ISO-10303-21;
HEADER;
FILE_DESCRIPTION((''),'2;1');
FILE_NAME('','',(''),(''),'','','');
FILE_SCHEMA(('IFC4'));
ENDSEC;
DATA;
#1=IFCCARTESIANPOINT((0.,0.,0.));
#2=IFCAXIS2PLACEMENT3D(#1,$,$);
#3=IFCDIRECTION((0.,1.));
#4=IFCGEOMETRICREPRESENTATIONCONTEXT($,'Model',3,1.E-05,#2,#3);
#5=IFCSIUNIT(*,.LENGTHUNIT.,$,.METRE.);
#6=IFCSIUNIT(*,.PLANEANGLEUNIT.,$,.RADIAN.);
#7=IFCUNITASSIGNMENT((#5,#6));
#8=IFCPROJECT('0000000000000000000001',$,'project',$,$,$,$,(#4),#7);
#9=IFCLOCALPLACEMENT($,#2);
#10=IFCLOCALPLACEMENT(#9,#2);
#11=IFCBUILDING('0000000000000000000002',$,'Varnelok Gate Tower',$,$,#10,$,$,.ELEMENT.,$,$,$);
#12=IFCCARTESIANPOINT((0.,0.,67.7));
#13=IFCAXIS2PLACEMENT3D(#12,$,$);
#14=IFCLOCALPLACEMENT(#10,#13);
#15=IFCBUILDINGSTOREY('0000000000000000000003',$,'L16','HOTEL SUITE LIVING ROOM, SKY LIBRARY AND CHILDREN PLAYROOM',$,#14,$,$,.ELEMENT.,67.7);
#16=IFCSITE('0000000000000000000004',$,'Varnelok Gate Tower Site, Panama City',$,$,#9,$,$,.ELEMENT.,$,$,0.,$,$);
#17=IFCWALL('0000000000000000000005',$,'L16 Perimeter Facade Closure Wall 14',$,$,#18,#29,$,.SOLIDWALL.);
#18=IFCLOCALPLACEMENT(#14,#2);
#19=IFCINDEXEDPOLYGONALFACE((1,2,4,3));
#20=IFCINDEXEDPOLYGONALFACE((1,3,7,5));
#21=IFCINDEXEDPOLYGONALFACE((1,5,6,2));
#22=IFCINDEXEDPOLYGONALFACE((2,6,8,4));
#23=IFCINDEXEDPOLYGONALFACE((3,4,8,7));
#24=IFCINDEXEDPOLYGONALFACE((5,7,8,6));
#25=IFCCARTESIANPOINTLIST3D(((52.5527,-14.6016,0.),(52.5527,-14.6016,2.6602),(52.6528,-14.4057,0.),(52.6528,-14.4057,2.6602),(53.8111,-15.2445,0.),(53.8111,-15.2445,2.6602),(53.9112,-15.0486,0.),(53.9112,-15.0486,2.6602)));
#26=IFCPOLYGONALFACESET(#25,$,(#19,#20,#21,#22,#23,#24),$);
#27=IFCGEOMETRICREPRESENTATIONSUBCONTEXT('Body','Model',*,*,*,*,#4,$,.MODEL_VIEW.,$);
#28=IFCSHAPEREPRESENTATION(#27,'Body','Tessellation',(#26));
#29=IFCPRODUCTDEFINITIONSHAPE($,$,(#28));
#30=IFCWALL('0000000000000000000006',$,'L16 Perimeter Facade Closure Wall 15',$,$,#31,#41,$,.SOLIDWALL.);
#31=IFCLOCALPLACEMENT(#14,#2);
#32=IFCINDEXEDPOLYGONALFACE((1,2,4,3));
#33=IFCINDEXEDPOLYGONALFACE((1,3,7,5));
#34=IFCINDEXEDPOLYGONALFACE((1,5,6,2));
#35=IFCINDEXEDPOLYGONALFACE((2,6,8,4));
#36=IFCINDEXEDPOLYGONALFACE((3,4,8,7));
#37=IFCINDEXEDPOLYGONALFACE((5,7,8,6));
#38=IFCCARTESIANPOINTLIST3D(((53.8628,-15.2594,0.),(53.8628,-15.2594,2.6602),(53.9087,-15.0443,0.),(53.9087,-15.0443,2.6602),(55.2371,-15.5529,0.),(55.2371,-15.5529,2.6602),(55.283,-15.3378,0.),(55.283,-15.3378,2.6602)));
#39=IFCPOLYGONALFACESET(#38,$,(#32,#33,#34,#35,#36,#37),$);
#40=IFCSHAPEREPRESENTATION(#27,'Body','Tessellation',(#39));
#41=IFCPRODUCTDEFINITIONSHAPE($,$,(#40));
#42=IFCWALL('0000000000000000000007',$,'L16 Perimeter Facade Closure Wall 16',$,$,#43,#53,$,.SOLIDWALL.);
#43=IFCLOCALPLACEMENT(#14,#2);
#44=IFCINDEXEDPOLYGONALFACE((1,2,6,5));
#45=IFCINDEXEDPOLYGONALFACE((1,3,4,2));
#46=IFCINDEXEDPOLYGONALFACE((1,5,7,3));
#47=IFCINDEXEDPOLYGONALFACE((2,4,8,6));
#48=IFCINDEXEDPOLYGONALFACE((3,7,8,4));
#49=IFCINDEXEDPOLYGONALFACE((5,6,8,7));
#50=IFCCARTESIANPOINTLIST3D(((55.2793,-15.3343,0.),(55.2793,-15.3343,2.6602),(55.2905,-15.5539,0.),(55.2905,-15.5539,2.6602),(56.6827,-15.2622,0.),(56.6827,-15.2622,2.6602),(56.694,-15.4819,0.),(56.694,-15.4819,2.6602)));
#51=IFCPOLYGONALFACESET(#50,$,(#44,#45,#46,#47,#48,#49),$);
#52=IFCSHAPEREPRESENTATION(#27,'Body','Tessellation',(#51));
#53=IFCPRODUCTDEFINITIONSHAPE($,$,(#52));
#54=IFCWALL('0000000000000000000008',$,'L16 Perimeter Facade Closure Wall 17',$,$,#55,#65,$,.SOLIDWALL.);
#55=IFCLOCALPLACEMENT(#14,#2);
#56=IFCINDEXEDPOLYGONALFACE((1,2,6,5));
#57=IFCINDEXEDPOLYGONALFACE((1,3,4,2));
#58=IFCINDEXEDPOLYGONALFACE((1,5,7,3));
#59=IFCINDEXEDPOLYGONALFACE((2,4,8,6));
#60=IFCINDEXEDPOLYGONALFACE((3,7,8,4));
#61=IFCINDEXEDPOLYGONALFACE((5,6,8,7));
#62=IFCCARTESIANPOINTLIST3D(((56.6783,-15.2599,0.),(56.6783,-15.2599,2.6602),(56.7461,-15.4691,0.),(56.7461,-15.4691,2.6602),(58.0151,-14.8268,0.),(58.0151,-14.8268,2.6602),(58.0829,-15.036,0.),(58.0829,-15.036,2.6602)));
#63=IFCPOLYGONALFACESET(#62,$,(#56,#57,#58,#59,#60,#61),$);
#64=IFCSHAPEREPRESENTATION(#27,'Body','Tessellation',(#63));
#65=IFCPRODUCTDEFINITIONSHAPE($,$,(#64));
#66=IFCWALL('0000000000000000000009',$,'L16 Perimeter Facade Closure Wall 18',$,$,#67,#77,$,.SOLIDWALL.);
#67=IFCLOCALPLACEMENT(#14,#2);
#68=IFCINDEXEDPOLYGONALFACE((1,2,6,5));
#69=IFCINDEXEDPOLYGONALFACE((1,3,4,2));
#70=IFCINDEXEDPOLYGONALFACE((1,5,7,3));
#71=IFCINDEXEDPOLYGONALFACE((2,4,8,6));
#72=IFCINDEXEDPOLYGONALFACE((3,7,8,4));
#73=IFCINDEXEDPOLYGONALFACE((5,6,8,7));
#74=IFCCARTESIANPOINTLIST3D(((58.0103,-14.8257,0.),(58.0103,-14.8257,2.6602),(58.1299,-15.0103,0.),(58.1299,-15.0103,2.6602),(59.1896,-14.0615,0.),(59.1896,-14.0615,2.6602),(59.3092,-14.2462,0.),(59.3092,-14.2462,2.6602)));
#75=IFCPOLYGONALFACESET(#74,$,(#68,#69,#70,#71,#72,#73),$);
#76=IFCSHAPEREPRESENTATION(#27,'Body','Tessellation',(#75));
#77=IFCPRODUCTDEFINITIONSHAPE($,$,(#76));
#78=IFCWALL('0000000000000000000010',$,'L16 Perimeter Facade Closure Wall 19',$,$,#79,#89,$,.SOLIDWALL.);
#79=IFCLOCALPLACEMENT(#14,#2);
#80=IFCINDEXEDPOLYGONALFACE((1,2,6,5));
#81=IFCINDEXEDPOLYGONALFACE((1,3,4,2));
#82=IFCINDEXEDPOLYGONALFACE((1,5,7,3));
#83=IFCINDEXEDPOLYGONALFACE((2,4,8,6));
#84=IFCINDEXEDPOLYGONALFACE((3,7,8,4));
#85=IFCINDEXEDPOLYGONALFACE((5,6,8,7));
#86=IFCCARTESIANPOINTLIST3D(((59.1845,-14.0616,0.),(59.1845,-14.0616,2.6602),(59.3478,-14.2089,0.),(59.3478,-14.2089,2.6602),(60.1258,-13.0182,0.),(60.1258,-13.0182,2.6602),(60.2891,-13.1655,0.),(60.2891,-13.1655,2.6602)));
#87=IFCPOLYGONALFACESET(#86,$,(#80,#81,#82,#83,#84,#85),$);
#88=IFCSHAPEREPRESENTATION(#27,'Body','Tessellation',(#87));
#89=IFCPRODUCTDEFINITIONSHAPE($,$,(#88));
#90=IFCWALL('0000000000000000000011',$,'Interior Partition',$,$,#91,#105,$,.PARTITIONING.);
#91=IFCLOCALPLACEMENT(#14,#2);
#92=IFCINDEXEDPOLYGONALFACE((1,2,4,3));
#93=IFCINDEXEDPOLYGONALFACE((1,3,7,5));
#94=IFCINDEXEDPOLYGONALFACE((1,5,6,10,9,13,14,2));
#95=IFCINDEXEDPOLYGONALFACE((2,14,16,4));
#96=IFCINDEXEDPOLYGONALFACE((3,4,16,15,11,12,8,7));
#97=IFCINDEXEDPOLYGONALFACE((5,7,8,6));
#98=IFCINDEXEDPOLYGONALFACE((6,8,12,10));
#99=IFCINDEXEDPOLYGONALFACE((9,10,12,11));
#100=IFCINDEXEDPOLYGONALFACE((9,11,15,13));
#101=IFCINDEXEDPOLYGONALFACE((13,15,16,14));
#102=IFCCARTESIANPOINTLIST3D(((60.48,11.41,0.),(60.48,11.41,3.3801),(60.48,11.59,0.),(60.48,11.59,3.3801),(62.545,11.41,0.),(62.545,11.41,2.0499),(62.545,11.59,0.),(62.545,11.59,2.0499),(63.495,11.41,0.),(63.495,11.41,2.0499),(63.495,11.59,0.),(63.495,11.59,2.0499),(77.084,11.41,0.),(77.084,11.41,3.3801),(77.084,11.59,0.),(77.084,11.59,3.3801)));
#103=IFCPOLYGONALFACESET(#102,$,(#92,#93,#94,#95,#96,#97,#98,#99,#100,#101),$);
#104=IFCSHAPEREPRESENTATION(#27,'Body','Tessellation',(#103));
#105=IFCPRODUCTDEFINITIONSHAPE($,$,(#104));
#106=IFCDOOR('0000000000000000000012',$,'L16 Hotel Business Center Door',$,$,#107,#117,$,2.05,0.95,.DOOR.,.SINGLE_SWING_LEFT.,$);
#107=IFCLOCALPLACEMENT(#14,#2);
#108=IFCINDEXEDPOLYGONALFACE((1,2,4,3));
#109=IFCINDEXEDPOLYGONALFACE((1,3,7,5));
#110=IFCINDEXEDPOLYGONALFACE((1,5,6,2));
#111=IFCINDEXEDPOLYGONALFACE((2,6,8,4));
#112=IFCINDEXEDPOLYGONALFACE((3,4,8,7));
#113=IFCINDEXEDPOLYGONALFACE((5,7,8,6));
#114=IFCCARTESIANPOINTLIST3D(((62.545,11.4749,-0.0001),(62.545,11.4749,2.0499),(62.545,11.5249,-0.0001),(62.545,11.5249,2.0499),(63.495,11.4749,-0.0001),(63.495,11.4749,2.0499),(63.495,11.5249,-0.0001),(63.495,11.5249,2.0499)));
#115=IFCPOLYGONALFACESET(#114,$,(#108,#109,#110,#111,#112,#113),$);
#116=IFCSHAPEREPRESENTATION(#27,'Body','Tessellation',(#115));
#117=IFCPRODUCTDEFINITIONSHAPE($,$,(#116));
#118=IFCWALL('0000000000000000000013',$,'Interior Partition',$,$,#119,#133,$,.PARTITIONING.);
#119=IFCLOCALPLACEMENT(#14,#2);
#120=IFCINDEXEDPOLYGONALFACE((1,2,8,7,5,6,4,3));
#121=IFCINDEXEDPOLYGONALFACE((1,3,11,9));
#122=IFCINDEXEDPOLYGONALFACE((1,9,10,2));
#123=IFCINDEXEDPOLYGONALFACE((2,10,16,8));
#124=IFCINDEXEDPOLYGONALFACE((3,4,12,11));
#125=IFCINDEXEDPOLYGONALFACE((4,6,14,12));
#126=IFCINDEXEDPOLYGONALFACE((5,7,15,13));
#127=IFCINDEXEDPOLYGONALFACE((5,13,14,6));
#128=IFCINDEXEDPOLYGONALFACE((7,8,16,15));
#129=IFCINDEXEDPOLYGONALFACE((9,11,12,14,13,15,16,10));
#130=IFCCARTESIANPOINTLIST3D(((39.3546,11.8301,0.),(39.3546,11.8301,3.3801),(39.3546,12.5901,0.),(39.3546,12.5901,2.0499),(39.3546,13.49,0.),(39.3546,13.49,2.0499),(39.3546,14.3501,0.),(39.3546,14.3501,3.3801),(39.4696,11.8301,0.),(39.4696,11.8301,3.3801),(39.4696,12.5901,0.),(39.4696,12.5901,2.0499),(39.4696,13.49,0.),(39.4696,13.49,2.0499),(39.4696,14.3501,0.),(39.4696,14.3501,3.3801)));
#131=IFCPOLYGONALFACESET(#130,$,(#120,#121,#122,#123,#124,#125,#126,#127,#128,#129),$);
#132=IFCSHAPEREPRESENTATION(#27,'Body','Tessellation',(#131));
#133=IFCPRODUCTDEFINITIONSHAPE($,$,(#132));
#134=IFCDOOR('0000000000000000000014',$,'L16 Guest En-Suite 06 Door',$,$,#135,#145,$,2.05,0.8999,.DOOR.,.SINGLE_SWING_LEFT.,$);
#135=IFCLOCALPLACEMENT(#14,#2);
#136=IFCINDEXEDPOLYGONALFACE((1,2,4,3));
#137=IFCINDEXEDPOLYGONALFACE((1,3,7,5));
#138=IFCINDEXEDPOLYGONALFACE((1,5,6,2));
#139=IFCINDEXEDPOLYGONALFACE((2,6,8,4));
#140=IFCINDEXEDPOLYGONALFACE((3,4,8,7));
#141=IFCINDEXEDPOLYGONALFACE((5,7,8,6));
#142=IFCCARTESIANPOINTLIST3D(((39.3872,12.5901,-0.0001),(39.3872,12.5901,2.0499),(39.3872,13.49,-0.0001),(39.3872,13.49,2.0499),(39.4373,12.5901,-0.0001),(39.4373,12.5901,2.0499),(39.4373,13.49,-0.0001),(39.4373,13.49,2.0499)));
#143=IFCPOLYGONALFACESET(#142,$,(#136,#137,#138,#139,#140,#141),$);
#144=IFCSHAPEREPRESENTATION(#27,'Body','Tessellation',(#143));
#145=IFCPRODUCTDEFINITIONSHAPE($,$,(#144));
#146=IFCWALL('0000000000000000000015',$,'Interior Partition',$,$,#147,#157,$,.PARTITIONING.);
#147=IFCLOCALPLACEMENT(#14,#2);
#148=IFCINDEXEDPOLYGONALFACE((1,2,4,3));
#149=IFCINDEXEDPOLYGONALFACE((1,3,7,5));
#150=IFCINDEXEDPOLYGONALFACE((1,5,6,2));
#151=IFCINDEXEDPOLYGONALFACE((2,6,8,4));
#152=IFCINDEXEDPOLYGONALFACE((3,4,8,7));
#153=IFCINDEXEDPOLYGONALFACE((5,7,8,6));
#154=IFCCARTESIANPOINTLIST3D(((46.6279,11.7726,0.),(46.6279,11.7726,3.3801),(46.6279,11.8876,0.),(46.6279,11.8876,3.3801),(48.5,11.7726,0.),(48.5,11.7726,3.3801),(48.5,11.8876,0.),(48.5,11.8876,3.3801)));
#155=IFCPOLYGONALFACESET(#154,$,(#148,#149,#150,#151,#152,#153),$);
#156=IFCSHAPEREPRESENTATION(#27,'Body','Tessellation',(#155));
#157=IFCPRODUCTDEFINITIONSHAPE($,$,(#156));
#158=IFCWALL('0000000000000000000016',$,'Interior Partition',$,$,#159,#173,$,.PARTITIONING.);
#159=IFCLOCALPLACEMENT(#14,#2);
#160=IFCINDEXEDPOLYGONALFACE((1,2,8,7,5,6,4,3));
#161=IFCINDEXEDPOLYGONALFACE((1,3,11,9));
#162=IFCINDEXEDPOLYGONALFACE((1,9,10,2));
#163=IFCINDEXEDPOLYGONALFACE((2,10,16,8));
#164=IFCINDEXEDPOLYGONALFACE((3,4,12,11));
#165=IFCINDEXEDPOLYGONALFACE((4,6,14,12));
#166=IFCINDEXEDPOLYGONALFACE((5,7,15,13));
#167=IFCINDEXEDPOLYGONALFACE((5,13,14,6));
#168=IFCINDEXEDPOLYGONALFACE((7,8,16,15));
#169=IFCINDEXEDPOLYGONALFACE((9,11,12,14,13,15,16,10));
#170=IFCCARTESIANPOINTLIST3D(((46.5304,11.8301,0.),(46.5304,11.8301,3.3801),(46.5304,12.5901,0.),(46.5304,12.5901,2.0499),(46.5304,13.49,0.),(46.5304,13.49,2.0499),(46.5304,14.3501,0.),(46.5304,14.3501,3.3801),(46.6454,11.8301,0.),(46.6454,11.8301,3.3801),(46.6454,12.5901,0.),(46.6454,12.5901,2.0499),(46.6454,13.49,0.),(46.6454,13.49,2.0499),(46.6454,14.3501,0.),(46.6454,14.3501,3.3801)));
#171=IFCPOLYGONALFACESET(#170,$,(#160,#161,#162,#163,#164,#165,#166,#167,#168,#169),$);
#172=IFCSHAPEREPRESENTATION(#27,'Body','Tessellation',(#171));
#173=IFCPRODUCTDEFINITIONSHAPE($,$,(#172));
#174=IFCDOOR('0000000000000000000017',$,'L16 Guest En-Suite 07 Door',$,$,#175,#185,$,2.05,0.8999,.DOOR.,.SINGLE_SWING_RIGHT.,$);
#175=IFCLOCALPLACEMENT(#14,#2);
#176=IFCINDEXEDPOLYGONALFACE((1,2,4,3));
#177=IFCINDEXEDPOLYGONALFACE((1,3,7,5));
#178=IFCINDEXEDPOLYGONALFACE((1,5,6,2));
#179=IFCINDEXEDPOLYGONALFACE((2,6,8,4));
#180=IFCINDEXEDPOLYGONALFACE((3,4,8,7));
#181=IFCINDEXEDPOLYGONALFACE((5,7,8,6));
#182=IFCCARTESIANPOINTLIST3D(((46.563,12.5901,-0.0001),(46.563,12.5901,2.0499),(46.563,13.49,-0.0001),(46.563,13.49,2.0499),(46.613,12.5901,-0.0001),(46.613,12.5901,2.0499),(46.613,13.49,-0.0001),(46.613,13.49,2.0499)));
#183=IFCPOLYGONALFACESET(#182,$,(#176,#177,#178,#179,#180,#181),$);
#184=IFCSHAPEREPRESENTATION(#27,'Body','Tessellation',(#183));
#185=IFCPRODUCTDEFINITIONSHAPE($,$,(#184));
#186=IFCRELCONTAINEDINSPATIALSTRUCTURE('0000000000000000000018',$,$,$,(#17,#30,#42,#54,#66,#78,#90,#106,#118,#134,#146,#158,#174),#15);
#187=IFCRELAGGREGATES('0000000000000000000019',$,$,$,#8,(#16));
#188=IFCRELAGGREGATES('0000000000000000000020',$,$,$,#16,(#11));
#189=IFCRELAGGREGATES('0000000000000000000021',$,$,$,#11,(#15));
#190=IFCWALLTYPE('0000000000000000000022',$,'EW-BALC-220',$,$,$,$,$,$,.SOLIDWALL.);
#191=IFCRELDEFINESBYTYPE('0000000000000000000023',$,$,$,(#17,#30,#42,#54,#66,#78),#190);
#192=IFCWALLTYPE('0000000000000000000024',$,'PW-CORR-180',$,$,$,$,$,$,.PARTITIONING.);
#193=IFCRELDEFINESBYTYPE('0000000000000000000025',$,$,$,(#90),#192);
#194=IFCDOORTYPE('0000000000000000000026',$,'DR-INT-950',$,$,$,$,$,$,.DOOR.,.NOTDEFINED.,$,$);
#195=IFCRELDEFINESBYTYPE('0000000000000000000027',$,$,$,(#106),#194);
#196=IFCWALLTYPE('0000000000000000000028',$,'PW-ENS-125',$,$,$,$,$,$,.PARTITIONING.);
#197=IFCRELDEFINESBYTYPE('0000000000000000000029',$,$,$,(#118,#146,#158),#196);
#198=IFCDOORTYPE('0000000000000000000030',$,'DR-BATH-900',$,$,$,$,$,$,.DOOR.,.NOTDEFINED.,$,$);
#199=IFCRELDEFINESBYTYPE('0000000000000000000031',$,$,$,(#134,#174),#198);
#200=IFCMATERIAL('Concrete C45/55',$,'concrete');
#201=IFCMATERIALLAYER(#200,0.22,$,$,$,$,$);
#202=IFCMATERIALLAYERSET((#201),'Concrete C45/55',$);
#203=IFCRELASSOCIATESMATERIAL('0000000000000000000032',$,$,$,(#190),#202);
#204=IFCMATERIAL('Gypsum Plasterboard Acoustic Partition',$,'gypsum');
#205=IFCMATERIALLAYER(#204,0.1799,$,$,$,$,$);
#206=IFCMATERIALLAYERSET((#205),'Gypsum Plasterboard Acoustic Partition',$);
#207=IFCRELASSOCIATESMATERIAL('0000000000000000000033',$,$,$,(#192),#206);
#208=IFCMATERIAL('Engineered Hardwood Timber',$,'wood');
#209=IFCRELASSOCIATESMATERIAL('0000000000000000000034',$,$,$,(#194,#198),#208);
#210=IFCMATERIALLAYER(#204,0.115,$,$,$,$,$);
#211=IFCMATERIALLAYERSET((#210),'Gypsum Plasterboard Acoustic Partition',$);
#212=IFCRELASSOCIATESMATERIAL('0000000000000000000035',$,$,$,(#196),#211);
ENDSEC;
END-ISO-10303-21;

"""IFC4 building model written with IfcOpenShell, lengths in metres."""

from ifc_helpers import new_model, si_unit, direction, frame, frame_2d, origin, place, context, subcontext, project, spatial, rectangle, extrude, material, layer, layer_set, type_object, element, fill, save


model = new_model("IFC4")

# Units and contexts
model_context = context("Model", 3, precision=1e-05, world=origin(), true_north=direction((0.0, 1.0)))
body_context = subcontext(model_context, "Body", "Model", "MODEL_VIEW")
ifc_project = project(units=[si_unit("LENGTHUNIT", "METRE"), si_unit("PLANEANGLEUNIT", "RADIAN")], contexts=[model_context])

# Site, building, storey
site_placement = place(None, origin())
site = spatial("IfcSite", under=ifc_project, at=site_placement, Name="Varnelok Gate Tower Site, Panama City", CompositionType="ELEMENT", RefElevation=0.0)
building_placement = place(site_placement, origin())
building = spatial("IfcBuilding", under=site, at=building_placement, Name="Varnelok Gate Tower", CompositionType="ELEMENT")
storey_placement = place(building_placement, frame((0.0, 0.0, 67.7)))
storey = spatial("IfcBuildingStorey", under=building, at=storey_placement, Name="L16", Description="HOTEL SUITE LIVING ROOM, SKY LIBRARY AND CHILDREN PLAYROOM", CompositionType="ELEMENT", Elevation=67.7)

# Walls
ifc_material_1 = material(Name="Concrete C45/55", Category="concrete")
ifc_layer_1 = layer(ifc_material_1, 0.22)
ifc_layer_set_1 = layer_set([ifc_layer_1], Name="Concrete C45/55")
wall_type_1 = type_object("IfcWallType", Name="EW-BALC-220", PredefinedType="SOLIDWALL", material=ifc_layer_set_1)
wall_1_placement = place(storey_placement, frame((52.6028, -14.5037, 0.0), z_axis=(0.0, 0.0, 1.0), x_axis=(0.890523, -0.454938, 0.0)))
element("IfcWall", 1, at=wall_1_placement, inside=storey, type_object=wall_type_1, Name="L16 Perimeter Facade Closure Wall 14", PredefinedType="SOLIDWALL", context=body_context, shape_type="SweptSolid", body=[
    extrude(rectangle(XDim=1.4131, YDim=0.22, at=frame_2d((0.7065, 0.0))), origin(), (0.0, 0.0, 1.0), 2.6602),
])
for number, where, z_axis, x_axis, name in (
    (2, (53.8857, -15.1519, 0.0), (0.0, 0.0, 1.0), (0.977952, -0.208829, 0.0), "L16 Perimeter Facade Closure Wall 15"),
    (3, (55.2849, -15.4441, 0.0), (0.0, 0.0, 1.0), (0.998686, 0.051255, 0.0), "L16 Perimeter Facade Closure Wall 16"),
    (4, (56.7122, -15.3645, 0.0), (0.0, 0.0, 1.0), (0.951325, 0.30819, 0.0), "L16 Perimeter Facade Closure Wall 17"),
    (5, (58.0701, -14.918, 0.0), (0.0, 0.0, 1.0), (0.839248, 0.543748, 0.0), "L16 Perimeter Facade Closure Wall 18"),
    (6, (59.2661, -14.1353, 0.0), (0.0, 0.0, 1.0), (0.669866, 0.742482, 0.0), "L16 Perimeter Facade Closure Wall 19"),
):
    element("IfcWall", number, at=place(storey_placement, frame(where, z_axis=z_axis, x_axis=x_axis)), inside=storey, type_object=wall_type_1, Name=name, PredefinedType="SOLIDWALL", context=body_context, shape_type="SweptSolid", body=[
        extrude(rectangle(XDim=1.4053, YDim=0.22, at=frame_2d((0.7026, 0.0))), origin(), (0.0, 0.0, 1.0), 2.6602),
    ])

# Walls, openings, doors
ifc_material_2 = material(Name="Gypsum Plasterboard Acoustic Partition", Category="gypsum")
ifc_layer_2 = layer(ifc_material_2, 0.1799)
ifc_layer_set_2 = layer_set([ifc_layer_2], Name="Gypsum Plasterboard Acoustic Partition")
wall_type_2 = type_object("IfcWallType", Name="PW-CORR-180", PredefinedType="PARTITIONING", material=ifc_layer_set_2)
wall_2_placement = place(storey_placement, frame((60.48, 11.5, 0.0), z_axis=(0.0, 0.0, 1.0), x_axis=(1.0, 0.0, 0.0)))
wall_2 = element("IfcWall", 7, at=wall_2_placement, inside=storey, type_object=wall_type_2, Name="Interior Partition", PredefinedType="PARTITIONING", context=body_context, shape_type="SweptSolid", body=[
    extrude(rectangle(XDim=16.604, YDim=0.1799, at=frame_2d((8.302, 0.0))), origin(), (0.0, 0.0, 1.0), 3.3801),
])
opening_1_placement = place(wall_2_placement, frame((2.0649, 0.0, 0.0)))
opening_1 = element("IfcOpeningElement", 8, at=opening_1_placement, cuts=wall_2, PredefinedType="OPENING", context=body_context, shape_type="SweptSolid", body=[
    extrude(rectangle(XDim=0.95, YDim=2.05, at=frame_2d((0.4751, 1.0249))), frame((0.0, 0.0999, 0.0), z_axis=(0.0, -1.0, 0.0), x_axis=(1.0, 0.0, 0.0)), (0.0, 0.0, 1.0), 0.2),
])
ifc_material_3 = material(Name="Engineered Hardwood Timber", Category="wood")
door_type_1 = type_object("IfcDoorType", Name="DR-INT-950", OperationType="NOTDEFINED", PredefinedType="DOOR", material=ifc_material_3)
door_1_placement = place(opening_1_placement, origin())
door_1 = element("IfcDoor", 9, at=door_1_placement, inside=storey, type_object=door_type_1, Name="L16 Hotel Business Center Door", OperationType="SINGLE_SWING_LEFT", OverallHeight=2.05, OverallWidth=0.95, PredefinedType="DOOR", context=body_context, shape_type="SweptSolid", body=[
    extrude(rectangle(XDim=0.95, YDim=2.05, at=frame_2d((0.4751, 1.0249))), frame((0.0, 0.0249, 0.0), z_axis=(0.0, -1.0, 0.0), x_axis=(1.0, 0.0, 0.0)), (0.0, 0.0, 1.0), 0.05),
])
fill(opening_1, door_1)
ifc_layer_3 = layer(ifc_material_2, 0.115)
ifc_layer_set_3 = layer_set([ifc_layer_3], Name="Gypsum Plasterboard Acoustic Partition")
wall_type_3 = type_object("IfcWallType", Name="PW-ENS-125", PredefinedType="PARTITIONING", material=ifc_layer_set_3)
wall_3_placement = place(storey_placement, frame((39.4121, 11.8301, 0.0), z_axis=(0.0, 0.0, 1.0), x_axis=(0.0, 1.0, 0.0)))
wall_3 = element("IfcWall", 10, at=wall_3_placement, inside=storey, type_object=wall_type_3, Name="Interior Partition", PredefinedType="PARTITIONING", context=body_context, shape_type="SweptSolid", body=[
    extrude(rectangle(XDim=2.52, YDim=0.115, at=frame_2d((1.26, 0.0))), origin(), (0.0, 0.0, 1.0), 3.3801),
])
opening_2_placement = place(wall_3_placement, frame((0.76, 0.0, 0.0)))
opening_2 = element("IfcOpeningElement", 11, at=opening_2_placement, cuts=wall_3, PredefinedType="OPENING", context=body_context, shape_type="SweptSolid", body=[
    extrude(rectangle(XDim=0.8999, YDim=2.05, at=frame_2d((0.45, 1.0249))), frame((0.0, 0.0674, 0.0), z_axis=(0.0, -1.0, 0.0), x_axis=(1.0, 0.0, 0.0)), (0.0, 0.0, 1.0), 0.135),
])
door_type_2 = type_object("IfcDoorType", Name="DR-BATH-900", OperationType="NOTDEFINED", PredefinedType="DOOR", material=ifc_material_3)
door_2_placement = place(opening_2_placement, origin())
door_2 = element("IfcDoor", 12, at=door_2_placement, inside=storey, type_object=door_type_2, Name="L16 Guest En-Suite 06 Door", OperationType="SINGLE_SWING_LEFT", OverallHeight=2.05, OverallWidth=0.8999, PredefinedType="DOOR", context=body_context, shape_type="SweptSolid", body=[
    extrude(rectangle(XDim=0.8999, YDim=2.05, at=frame_2d((0.45, 1.0249))), frame((0.0, 0.0249, 0.0), z_axis=(0.0, -1.0, 0.0), x_axis=(1.0, 0.0, 0.0)), (0.0, 0.0, 1.0), 0.05),
])
fill(opening_2, door_2)

# Wall
wall_4_placement = place(storey_placement, frame((46.6279, 11.8301, 0.0), z_axis=(0.0, 0.0, 1.0), x_axis=(1.0, 0.0, 0.0)))
element("IfcWall", 13, at=wall_4_placement, inside=storey, type_object=wall_type_3, Name="Interior Partition", PredefinedType="PARTITIONING", context=body_context, shape_type="SweptSolid", body=[
    extrude(rectangle(XDim=1.8721, YDim=0.115, at=frame_2d((0.936, 0.0))), origin(), (0.0, 0.0, 1.0), 3.3801),
])

# Wall, opening, door
wall_5_placement = place(storey_placement, frame((46.5879, 11.8301, 0.0), z_axis=(0.0, 0.0, 1.0), x_axis=(0.0, 1.0, 0.0)))
wall_5 = element("IfcWall", 14, at=wall_5_placement, inside=storey, type_object=wall_type_3, Name="Interior Partition", PredefinedType="PARTITIONING", context=body_context, shape_type="SweptSolid", body=[
    extrude(rectangle(XDim=2.52, YDim=0.115, at=frame_2d((1.26, 0.0))), origin(), (0.0, 0.0, 1.0), 3.3801),
])
opening_3_placement = place(wall_5_placement, frame((0.76, 0.0, 0.0)))
opening_3 = element("IfcOpeningElement", 15, at=opening_3_placement, cuts=wall_5, PredefinedType="OPENING", context=body_context, shape_type="SweptSolid", body=[
    extrude(rectangle(XDim=0.8999, YDim=2.05, at=frame_2d((0.45, 1.0249))), frame((0.0, 0.0674, 0.0), z_axis=(0.0, -1.0, 0.0), x_axis=(1.0, 0.0, 0.0)), (0.0, 0.0, 1.0), 0.135),
])
door_3_placement = place(opening_3_placement, origin())
door_3 = element("IfcDoor", 16, at=door_3_placement, inside=storey, type_object=door_type_2, Name="L16 Guest En-Suite 07 Door", OperationType="SINGLE_SWING_RIGHT", OverallHeight=2.05, OverallWidth=0.8999, PredefinedType="DOOR", context=body_context, shape_type="SweptSolid", body=[
    extrude(rectangle(XDim=0.8999, YDim=2.05, at=frame_2d((0.45, 1.0249))), frame((0.0, 0.0249, 0.0), z_axis=(0.0, -1.0, 0.0), x_axis=(1.0, 0.0, 0.0)), (0.0, 0.0, 1.0), 0.05),
])
fill(opening_3, door_3)

save(model, "model.ifc")
